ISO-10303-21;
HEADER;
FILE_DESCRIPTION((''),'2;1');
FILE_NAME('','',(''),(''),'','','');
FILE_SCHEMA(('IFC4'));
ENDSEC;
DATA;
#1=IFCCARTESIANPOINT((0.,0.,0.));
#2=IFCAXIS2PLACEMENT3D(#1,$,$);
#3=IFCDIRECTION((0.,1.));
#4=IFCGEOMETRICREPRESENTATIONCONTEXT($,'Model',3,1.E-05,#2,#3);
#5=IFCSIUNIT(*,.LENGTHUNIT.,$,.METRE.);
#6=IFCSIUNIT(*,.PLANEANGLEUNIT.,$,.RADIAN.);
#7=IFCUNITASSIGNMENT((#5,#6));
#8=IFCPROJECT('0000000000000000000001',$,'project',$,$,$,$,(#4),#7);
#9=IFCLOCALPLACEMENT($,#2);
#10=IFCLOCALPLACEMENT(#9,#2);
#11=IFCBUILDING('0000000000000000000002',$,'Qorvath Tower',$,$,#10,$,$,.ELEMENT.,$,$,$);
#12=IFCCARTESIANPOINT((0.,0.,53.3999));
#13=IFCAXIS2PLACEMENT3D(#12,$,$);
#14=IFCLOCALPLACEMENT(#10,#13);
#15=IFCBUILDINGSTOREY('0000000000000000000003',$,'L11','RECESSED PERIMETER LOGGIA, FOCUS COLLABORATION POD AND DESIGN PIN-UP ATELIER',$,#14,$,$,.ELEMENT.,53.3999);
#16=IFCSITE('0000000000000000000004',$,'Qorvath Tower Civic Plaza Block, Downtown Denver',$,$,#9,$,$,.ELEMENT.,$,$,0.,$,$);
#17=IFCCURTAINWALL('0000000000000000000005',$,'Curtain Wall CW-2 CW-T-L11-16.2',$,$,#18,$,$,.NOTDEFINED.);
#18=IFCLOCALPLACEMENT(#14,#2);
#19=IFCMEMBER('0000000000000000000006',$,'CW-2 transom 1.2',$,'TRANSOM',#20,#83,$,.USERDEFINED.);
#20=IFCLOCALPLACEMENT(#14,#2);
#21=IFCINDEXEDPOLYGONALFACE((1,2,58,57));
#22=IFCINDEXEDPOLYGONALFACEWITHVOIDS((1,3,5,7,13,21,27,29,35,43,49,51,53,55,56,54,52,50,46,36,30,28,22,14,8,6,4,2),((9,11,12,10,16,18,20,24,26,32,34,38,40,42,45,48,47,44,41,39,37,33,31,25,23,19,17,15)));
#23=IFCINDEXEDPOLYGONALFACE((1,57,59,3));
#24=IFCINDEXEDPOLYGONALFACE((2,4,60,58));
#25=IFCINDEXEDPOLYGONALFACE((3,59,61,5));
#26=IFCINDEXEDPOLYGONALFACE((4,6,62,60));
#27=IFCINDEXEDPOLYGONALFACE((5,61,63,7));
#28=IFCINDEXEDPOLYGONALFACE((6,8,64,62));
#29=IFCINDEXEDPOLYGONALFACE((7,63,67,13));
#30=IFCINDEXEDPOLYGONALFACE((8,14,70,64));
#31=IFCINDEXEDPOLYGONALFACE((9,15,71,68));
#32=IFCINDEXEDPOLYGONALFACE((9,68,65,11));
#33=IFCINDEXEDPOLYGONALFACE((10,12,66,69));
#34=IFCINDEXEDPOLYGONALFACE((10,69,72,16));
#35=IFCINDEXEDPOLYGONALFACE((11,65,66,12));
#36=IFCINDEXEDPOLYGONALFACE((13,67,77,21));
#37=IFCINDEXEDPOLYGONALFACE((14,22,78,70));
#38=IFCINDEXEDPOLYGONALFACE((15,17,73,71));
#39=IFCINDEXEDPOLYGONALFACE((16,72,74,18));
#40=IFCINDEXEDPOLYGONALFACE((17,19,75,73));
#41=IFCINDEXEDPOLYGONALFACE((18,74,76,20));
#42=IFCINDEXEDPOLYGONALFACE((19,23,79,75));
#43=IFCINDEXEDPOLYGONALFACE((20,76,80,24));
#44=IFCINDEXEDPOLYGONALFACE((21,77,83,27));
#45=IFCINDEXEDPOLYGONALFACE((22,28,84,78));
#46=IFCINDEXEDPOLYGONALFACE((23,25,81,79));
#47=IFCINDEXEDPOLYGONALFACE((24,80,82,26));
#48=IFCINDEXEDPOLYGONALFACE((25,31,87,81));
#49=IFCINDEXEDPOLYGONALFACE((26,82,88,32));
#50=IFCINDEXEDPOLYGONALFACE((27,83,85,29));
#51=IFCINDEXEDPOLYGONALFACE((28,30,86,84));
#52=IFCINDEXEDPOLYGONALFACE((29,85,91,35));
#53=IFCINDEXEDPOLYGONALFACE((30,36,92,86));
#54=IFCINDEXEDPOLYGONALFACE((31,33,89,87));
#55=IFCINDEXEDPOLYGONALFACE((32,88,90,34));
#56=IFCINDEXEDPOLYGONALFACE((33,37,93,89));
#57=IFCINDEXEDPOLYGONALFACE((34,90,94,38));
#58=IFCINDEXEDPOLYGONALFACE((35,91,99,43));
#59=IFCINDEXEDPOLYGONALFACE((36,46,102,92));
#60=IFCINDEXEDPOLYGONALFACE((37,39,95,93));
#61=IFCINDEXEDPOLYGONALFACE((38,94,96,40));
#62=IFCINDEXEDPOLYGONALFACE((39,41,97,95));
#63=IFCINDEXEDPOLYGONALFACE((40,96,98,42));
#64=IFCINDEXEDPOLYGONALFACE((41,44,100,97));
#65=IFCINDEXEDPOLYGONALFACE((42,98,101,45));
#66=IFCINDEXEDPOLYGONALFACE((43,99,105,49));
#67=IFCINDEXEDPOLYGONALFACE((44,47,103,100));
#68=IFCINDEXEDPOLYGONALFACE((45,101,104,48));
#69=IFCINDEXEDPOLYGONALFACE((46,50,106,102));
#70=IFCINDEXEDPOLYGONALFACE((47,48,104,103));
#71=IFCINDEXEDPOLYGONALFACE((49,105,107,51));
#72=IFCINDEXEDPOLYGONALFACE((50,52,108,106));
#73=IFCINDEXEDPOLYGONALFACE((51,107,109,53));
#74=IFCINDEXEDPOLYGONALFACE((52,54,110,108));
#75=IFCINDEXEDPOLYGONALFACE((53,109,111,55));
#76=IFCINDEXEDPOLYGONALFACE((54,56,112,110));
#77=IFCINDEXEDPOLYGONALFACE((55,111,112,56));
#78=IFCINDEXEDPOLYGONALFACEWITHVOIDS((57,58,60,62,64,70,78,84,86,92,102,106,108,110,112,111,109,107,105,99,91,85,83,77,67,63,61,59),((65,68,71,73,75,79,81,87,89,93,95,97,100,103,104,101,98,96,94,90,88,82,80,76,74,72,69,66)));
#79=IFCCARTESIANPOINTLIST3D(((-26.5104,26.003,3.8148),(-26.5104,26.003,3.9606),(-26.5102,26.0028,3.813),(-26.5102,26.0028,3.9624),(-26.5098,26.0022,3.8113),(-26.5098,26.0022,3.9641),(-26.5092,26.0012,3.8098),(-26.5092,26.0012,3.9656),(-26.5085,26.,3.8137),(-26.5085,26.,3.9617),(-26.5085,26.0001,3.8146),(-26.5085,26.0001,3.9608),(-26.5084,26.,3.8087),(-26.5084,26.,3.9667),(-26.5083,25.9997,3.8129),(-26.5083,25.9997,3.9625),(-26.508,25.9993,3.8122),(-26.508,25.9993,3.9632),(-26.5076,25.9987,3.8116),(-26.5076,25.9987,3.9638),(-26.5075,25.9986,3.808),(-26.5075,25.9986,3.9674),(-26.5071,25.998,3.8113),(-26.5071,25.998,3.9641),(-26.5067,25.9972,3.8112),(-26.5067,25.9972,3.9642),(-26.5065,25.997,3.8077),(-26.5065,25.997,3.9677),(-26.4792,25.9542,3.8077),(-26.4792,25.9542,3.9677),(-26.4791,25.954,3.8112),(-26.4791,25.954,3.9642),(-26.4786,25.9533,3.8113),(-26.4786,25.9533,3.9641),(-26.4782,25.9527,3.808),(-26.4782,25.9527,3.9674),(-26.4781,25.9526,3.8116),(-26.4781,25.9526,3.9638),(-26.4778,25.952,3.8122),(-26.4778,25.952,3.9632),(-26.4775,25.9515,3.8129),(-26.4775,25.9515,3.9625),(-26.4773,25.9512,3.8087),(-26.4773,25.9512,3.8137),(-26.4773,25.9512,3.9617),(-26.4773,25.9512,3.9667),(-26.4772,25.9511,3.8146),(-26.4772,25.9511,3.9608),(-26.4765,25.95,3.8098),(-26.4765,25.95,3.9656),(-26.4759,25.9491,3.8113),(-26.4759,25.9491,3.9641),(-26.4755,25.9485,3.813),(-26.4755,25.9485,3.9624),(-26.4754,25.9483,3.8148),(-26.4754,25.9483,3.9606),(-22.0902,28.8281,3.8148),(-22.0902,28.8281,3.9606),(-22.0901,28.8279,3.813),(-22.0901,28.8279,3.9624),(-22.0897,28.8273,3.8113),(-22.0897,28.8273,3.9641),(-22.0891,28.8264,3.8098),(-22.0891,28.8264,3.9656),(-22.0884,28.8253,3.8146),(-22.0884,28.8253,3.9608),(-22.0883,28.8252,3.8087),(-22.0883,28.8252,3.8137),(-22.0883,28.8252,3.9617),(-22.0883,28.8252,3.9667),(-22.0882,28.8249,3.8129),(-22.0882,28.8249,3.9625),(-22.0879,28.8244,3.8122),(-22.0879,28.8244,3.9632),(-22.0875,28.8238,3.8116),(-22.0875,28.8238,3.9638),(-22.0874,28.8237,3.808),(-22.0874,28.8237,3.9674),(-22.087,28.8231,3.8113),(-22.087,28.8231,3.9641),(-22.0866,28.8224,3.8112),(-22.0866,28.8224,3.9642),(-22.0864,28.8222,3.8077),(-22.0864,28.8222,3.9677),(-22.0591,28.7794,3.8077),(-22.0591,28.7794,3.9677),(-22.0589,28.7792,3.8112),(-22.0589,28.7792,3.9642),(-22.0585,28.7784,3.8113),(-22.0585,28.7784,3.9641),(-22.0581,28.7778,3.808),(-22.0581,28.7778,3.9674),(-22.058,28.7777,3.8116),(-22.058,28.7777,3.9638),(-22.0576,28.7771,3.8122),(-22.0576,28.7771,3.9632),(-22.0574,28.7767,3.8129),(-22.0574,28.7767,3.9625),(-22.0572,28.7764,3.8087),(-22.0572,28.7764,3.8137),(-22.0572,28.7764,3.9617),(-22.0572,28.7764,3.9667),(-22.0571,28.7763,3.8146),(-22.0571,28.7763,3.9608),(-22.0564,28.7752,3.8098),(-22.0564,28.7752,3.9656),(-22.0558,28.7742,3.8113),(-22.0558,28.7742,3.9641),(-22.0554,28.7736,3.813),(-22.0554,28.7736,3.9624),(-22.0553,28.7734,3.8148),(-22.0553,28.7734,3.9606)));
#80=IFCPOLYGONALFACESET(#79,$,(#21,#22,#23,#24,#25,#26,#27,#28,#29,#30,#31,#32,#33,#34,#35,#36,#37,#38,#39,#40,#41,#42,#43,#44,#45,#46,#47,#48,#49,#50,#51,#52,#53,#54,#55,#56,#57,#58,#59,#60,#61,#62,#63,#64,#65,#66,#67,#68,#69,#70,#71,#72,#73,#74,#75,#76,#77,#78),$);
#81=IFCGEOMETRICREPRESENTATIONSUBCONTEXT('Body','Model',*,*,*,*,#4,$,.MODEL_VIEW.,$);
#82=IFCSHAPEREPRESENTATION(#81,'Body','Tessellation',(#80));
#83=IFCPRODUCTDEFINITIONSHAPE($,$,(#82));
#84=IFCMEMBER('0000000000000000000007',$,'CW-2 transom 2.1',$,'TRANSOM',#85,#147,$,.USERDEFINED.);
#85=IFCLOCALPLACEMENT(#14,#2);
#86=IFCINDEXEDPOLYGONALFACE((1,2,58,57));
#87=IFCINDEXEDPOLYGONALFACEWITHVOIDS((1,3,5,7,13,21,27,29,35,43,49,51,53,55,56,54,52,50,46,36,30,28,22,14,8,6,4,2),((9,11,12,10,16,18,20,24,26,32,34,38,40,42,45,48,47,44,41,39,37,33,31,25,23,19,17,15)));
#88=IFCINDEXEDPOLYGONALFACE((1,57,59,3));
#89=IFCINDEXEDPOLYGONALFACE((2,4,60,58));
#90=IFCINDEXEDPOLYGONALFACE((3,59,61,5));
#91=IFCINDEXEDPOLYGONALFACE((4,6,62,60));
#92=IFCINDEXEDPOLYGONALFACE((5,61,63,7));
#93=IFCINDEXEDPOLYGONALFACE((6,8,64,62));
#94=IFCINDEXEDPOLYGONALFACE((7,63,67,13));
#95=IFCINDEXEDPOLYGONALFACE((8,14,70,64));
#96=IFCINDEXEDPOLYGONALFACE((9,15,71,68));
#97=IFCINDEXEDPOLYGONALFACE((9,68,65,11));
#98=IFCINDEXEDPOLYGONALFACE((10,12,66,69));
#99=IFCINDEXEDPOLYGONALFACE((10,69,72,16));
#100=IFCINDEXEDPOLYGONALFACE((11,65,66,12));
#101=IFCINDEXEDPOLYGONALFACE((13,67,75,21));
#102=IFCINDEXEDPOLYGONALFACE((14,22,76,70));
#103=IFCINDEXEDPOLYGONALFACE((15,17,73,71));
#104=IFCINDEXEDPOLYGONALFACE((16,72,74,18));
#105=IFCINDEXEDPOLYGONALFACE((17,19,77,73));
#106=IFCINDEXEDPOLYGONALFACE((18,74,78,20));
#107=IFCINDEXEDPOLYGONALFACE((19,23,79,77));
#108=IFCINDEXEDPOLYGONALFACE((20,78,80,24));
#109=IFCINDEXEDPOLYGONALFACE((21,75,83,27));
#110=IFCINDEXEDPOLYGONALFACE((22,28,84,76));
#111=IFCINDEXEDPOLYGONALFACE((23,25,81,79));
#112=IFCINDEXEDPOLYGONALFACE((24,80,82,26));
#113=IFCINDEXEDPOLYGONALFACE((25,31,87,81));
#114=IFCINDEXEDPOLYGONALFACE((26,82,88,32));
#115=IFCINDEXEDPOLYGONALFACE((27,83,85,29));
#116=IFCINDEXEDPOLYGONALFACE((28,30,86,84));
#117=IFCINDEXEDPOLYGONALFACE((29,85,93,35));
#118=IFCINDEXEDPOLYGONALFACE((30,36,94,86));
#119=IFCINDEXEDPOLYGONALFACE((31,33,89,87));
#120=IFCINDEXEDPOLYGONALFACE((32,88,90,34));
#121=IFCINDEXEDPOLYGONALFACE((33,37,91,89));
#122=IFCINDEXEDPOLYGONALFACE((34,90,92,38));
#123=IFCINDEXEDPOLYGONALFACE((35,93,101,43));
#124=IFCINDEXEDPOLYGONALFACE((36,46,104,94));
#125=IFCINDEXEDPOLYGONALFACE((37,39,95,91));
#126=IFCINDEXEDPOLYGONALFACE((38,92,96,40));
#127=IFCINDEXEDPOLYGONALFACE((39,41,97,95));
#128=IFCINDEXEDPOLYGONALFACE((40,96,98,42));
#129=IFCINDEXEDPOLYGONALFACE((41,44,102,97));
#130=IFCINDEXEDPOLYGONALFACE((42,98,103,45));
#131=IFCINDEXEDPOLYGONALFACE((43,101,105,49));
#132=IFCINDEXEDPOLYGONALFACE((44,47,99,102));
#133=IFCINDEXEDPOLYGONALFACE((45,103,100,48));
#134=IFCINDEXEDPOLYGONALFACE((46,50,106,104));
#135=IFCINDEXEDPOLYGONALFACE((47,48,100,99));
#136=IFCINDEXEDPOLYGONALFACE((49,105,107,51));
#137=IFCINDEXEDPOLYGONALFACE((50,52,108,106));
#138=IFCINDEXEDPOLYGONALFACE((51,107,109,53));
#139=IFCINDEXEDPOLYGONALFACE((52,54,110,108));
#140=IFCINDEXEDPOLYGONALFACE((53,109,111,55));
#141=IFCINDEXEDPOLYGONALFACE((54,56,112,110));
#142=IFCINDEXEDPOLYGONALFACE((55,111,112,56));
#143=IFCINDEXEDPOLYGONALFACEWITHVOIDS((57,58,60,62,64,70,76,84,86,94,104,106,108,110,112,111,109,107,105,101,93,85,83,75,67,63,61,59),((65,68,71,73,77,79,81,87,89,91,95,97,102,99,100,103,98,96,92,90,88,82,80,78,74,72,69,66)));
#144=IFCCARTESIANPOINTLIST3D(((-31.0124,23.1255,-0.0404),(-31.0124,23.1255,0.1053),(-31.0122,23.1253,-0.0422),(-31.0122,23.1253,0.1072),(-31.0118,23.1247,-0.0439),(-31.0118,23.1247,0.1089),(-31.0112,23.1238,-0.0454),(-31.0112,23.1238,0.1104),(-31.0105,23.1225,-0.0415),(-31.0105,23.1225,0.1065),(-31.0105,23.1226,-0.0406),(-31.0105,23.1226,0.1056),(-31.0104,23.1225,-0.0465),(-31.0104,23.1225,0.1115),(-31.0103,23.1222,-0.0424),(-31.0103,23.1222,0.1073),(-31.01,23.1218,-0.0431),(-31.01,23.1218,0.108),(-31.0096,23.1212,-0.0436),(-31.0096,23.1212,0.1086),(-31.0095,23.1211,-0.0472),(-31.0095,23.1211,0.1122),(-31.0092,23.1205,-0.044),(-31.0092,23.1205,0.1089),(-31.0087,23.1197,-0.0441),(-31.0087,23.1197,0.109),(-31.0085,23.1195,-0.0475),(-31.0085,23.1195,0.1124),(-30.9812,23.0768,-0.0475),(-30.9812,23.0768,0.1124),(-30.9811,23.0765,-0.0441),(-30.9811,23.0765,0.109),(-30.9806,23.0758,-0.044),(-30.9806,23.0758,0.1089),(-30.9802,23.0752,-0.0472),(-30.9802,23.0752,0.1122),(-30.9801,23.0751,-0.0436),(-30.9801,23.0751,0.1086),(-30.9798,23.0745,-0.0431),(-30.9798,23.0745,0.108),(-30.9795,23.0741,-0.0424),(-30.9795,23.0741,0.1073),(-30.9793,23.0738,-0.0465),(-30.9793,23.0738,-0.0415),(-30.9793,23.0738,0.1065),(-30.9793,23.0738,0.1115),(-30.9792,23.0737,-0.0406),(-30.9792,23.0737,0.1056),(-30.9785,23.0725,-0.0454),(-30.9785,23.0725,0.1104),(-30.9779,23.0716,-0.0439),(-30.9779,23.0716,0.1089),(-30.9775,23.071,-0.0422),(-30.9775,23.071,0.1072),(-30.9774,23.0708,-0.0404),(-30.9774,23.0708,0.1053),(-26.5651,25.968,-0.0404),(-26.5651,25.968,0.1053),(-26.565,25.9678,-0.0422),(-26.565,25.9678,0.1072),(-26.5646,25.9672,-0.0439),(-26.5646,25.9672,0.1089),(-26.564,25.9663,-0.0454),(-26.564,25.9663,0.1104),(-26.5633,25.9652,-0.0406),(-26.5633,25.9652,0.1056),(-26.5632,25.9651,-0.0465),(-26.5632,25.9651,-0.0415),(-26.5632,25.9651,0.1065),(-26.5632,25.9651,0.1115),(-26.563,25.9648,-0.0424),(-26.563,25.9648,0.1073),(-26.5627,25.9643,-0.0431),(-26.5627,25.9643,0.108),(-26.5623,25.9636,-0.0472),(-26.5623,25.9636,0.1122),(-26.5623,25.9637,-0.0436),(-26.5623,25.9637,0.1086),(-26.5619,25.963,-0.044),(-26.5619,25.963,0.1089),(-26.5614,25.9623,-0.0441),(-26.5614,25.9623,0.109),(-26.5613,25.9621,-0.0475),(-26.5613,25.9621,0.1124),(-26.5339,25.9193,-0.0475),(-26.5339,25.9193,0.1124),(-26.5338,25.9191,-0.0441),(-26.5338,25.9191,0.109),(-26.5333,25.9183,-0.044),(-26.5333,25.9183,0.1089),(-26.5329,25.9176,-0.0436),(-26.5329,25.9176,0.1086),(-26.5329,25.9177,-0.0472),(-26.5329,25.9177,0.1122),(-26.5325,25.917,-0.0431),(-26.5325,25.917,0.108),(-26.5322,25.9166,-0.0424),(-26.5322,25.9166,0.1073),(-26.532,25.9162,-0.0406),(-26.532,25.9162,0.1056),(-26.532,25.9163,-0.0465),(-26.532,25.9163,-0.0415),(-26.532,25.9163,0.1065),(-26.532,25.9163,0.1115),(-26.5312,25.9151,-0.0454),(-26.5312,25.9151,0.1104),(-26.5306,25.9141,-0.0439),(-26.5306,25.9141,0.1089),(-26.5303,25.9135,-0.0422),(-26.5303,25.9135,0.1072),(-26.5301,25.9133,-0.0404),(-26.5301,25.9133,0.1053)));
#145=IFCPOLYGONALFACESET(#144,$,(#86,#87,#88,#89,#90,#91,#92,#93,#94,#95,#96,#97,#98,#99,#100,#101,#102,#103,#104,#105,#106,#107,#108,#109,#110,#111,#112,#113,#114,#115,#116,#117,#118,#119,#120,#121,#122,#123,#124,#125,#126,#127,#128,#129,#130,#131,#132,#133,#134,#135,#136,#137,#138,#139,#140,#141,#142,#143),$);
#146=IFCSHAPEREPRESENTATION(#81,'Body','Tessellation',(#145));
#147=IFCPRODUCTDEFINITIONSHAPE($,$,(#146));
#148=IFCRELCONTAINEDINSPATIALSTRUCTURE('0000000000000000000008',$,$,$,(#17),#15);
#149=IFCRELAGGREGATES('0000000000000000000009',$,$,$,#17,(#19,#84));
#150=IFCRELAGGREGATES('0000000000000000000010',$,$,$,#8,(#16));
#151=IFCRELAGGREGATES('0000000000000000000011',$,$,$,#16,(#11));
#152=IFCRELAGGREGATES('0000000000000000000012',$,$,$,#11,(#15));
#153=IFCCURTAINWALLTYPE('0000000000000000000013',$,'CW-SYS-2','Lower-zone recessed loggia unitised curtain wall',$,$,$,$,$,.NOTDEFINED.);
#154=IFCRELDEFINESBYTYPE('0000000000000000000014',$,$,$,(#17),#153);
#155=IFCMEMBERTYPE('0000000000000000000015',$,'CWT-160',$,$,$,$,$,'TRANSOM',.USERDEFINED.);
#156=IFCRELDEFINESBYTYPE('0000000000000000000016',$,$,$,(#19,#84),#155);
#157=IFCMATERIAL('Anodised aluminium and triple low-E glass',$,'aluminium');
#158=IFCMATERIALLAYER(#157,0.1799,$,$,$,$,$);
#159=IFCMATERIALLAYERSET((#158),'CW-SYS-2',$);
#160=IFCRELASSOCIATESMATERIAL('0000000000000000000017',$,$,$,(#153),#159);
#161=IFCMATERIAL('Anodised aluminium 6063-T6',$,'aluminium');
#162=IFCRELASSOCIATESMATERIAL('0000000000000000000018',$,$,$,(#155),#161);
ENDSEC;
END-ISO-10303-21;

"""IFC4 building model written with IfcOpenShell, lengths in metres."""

from ifc_helpers import new_model, si_unit, direction, frame, origin, origin_2d, place, context, subcontext, project, spatial, hollow_rectangle, extrude, material, layer, layer_set, material_profile, profile_set, type_object, element, aggregate, save


model = new_model("IFC4")

# Units and contexts
model_context = context("Model", 3, precision=1e-05, world=origin(), true_north=direction((0.0, 1.0)))
body_context = subcontext(model_context, "Body", "Model", "MODEL_VIEW")
ifc_project = project(units=[si_unit("LENGTHUNIT", "METRE"), si_unit("PLANEANGLEUNIT", "RADIAN")], contexts=[model_context])

# Site, building, storey
site_placement = place(None, origin())
site = spatial("IfcSite", under=ifc_project, at=site_placement, Name="Qorvath Tower Civic Plaza Block, Downtown Denver", CompositionType="ELEMENT", RefElevation=0.0)
building_placement = place(site_placement, origin())
building = spatial("IfcBuilding", under=site, at=building_placement, Name="Qorvath Tower", CompositionType="ELEMENT")
storey_placement = place(building_placement, frame((0.0, 0.0, 53.3999)))
storey = spatial("IfcBuildingStorey", under=building, at=storey_placement, Name="L11", Description="RECESSED PERIMETER LOGGIA, FOCUS COLLABORATION POD AND DESIGN PIN-UP ATELIER", CompositionType="ELEMENT", Elevation=53.3999)

# Shared definitions
ifc_material_1 = material(Name="Anodised aluminium and triple low-E glass", Category="aluminium")
ifc_layer_1 = layer(ifc_material_1, 0.1799)
ifc_layer_set_1 = layer_set([ifc_layer_1], Name="CW-SYS-2")
curtain_wall_type = type_object("IfcCurtainWallType", Name="CW-SYS-2", Description="Lower-zone recessed loggia unitised curtain wall", PredefinedType="NOTDEFINED", material=ifc_layer_set_1)

# Curtain wall, members
curtain_wall_1_placement = place(storey_placement, origin())
curtain_wall_1 = element("IfcCurtainWall", 1, at=curtain_wall_1_placement, inside=storey, type_object=curtain_wall_type, Name="Curtain Wall CW-2 CW-T-L11-16.2", PredefinedType="NOTDEFINED")
ifc_material_2 = material(Name="Anodised aluminium 6063-T6", Category="aluminium")
ifc_material_profile_1 = material_profile(ifc_material_2, hollow_rectangle(XDim=0.0649, YDim=0.1599, WallThickness=0.0034, InnerFilletRadius=0.0034, OuterFilletRadius=0.0071, at=origin_2d()), Name="CWT 160x65")
ifc_profile_set_1 = profile_set([ifc_material_profile_1], Name="Anodised aluminium 6063-T6")
member_type_1 = type_object("IfcMemberType", Name="CWT-160", ElementType="TRANSOM", PredefinedType="USERDEFINED", material=ifc_profile_set_1)
member_1_placement = place(storey_placement, frame((-22.0728, 28.8008, 3.8877), z_axis=(-0.842592, -0.538552, 0.0), x_axis=(0.538552, -0.842592, 0.0)))
member_1 = element("IfcMember", 2, at=member_1_placement, type_object=member_type_1, Name="CW-2 transom 1.2", ObjectType="TRANSOM", PredefinedType="USERDEFINED", context=body_context, shape_type="SweptSolid", body=[
    extrude(hollow_rectangle(XDim=0.0649, YDim=0.1599, WallThickness=0.0034, InnerFilletRadius=0.0034, OuterFilletRadius=0.0071, at=origin_2d()), origin(), (0.0, 0.0, 1.0), 5.2458),
])
member_2_placement = place(storey_placement, frame((-26.5476, 25.9407, 0.0325), z_axis=(-0.842591, -0.538554, 0.0), x_axis=(0.538554, -0.842591, 0.0)))
member_2 = element("IfcMember", 3, at=member_2_placement, type_object=member_type_1, Name="CW-2 transom 2.1", ObjectType="TRANSOM", PredefinedType="USERDEFINED", context=body_context, shape_type="SweptSolid", body=[
    extrude(hollow_rectangle(XDim=0.0649, YDim=0.1599, WallThickness=0.0034, InnerFilletRadius=0.0034, OuterFilletRadius=0.0071, at=origin_2d()), origin(), (0.0, 0.0, 1.0), 5.2781),
])

aggregate(curtain_wall_1, [member_1, member_2])

save(model, "model.ifc")
